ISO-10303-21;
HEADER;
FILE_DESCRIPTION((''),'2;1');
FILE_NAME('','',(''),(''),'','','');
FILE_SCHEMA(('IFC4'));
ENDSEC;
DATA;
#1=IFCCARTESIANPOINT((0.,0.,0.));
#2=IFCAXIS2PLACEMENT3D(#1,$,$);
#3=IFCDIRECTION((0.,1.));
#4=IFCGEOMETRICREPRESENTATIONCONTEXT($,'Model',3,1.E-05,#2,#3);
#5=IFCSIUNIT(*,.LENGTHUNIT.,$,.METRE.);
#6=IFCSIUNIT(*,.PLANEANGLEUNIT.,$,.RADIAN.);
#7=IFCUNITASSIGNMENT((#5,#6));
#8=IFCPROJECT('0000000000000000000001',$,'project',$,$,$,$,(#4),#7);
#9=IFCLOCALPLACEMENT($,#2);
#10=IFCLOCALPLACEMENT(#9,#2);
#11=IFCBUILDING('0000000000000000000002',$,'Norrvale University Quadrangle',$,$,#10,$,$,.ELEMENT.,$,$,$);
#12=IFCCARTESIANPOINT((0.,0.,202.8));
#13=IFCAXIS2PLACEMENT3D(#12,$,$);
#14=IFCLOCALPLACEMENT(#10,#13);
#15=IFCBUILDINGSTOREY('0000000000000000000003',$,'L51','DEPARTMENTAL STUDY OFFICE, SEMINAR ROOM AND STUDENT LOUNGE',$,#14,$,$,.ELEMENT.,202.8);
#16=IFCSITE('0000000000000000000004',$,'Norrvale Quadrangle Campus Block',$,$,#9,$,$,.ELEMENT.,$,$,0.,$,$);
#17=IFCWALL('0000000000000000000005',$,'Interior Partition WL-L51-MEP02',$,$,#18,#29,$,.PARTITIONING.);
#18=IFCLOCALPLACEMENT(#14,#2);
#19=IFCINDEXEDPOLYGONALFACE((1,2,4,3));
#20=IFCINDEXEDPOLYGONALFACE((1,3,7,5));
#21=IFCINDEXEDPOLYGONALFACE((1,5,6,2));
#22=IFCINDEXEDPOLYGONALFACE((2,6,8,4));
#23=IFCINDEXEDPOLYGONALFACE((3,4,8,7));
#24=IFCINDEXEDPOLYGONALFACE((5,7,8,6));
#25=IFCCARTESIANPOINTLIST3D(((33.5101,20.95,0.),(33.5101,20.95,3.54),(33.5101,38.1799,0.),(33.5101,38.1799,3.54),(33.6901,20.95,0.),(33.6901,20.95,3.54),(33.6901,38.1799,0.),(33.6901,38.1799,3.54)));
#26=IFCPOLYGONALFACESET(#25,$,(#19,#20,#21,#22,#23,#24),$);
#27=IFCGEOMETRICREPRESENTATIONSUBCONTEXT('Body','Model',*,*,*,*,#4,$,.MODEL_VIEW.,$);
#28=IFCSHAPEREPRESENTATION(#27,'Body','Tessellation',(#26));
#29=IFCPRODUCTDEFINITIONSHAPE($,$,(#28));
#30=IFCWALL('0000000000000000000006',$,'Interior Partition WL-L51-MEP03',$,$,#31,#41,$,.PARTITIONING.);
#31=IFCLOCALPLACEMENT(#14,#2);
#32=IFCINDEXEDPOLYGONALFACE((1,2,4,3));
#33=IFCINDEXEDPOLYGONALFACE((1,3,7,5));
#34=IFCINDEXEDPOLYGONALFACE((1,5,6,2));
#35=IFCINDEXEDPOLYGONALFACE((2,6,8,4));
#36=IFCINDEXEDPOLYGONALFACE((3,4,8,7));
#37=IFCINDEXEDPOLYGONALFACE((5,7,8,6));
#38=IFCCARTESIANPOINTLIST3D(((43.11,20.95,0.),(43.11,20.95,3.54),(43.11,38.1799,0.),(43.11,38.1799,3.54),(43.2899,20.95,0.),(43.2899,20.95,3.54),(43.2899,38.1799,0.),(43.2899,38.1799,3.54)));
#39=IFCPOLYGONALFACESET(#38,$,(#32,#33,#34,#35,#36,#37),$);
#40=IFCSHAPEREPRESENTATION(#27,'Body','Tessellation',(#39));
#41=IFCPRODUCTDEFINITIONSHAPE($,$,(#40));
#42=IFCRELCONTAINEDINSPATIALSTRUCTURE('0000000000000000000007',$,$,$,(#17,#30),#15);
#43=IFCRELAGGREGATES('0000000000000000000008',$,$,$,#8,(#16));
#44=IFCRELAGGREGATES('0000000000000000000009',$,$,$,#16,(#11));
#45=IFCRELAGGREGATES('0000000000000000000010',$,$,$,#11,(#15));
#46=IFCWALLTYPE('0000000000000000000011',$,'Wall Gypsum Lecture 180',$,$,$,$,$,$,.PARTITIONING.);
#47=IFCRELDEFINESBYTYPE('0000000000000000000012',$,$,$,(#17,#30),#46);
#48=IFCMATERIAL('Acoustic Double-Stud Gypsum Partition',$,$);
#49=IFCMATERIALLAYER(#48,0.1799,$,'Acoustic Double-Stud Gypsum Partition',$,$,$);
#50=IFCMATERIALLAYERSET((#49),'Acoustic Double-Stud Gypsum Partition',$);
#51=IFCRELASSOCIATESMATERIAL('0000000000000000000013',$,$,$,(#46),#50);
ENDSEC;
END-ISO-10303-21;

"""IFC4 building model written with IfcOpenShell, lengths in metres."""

from ifc_helpers import new_model, si_unit, direction, frame, frame_2d, origin, place, context, subcontext, project, spatial, rectangle, extrude, material, layer, layer_set, type_object, element, save


model = new_model("IFC4")

# Units and contexts
model_context = context("Model", 3, precision=1e-05, world=origin(), true_north=direction((0.0, 1.0)))
body_context = subcontext(model_context, "Body", "Model", "MODEL_VIEW")
ifc_project = project(units=[si_unit("LENGTHUNIT", "METRE"), si_unit("PLANEANGLEUNIT", "RADIAN")], contexts=[model_context])

# Site, building, storey
site_placement = place(None, origin())
site = spatial("IfcSite", under=ifc_project, at=site_placement, Name="Norrvale Quadrangle Campus Block", CompositionType="ELEMENT", RefElevation=0.0)
building_placement = place(site_placement, origin())
building = spatial("IfcBuilding", under=site, at=building_placement, Name="Norrvale University Quadrangle", CompositionType="ELEMENT")
storey_placement = place(building_placement, frame((0.0, 0.0, 202.8)))
storey = spatial("IfcBuildingStorey", under=building, at=storey_placement, Name="L51", Description="DEPARTMENTAL STUDY OFFICE, SEMINAR ROOM AND STUDENT LOUNGE", CompositionType="ELEMENT", Elevation=202.8)

# Walls
ifc_material_1 = material(Name="Acoustic Double-Stud Gypsum Partition")
ifc_layer = layer(ifc_material_1, 0.1799, Name="Acoustic Double-Stud Gypsum Partition")
ifc_layer_set = layer_set([ifc_layer], Name="Acoustic Double-Stud Gypsum Partition")
wall_type = type_object("IfcWallType", Name="Wall Gypsum Lecture 180", PredefinedType="PARTITIONING", material=ifc_layer_set)
for number, where, z_axis, x_axis, name in (
    (1, (33.6001, 20.95, 0.0), (0.0, 0.0, 1.0), (0.0, 1.0, 0.0), "Interior Partition WL-L51-MEP02"),
    (2, (43.2, 20.95, 0.0), (0.0, 0.0, 1.0), (0.0, 1.0, 0.0), "Interior Partition WL-L51-MEP03"),
):
    element("IfcWall", number, at=place(storey_placement, frame(where, z_axis=z_axis, x_axis=x_axis)), inside=storey, type_object=wall_type, Name=name, PredefinedType="PARTITIONING", context=body_context, shape_type="SweptSolid", body=[
        extrude(rectangle(XDim=17.23, YDim=0.1799, at=frame_2d((8.615, 0.0))), origin(), (0.0, 0.0, 1.0), 3.54),
    ])

save(model, "model.ifc")
